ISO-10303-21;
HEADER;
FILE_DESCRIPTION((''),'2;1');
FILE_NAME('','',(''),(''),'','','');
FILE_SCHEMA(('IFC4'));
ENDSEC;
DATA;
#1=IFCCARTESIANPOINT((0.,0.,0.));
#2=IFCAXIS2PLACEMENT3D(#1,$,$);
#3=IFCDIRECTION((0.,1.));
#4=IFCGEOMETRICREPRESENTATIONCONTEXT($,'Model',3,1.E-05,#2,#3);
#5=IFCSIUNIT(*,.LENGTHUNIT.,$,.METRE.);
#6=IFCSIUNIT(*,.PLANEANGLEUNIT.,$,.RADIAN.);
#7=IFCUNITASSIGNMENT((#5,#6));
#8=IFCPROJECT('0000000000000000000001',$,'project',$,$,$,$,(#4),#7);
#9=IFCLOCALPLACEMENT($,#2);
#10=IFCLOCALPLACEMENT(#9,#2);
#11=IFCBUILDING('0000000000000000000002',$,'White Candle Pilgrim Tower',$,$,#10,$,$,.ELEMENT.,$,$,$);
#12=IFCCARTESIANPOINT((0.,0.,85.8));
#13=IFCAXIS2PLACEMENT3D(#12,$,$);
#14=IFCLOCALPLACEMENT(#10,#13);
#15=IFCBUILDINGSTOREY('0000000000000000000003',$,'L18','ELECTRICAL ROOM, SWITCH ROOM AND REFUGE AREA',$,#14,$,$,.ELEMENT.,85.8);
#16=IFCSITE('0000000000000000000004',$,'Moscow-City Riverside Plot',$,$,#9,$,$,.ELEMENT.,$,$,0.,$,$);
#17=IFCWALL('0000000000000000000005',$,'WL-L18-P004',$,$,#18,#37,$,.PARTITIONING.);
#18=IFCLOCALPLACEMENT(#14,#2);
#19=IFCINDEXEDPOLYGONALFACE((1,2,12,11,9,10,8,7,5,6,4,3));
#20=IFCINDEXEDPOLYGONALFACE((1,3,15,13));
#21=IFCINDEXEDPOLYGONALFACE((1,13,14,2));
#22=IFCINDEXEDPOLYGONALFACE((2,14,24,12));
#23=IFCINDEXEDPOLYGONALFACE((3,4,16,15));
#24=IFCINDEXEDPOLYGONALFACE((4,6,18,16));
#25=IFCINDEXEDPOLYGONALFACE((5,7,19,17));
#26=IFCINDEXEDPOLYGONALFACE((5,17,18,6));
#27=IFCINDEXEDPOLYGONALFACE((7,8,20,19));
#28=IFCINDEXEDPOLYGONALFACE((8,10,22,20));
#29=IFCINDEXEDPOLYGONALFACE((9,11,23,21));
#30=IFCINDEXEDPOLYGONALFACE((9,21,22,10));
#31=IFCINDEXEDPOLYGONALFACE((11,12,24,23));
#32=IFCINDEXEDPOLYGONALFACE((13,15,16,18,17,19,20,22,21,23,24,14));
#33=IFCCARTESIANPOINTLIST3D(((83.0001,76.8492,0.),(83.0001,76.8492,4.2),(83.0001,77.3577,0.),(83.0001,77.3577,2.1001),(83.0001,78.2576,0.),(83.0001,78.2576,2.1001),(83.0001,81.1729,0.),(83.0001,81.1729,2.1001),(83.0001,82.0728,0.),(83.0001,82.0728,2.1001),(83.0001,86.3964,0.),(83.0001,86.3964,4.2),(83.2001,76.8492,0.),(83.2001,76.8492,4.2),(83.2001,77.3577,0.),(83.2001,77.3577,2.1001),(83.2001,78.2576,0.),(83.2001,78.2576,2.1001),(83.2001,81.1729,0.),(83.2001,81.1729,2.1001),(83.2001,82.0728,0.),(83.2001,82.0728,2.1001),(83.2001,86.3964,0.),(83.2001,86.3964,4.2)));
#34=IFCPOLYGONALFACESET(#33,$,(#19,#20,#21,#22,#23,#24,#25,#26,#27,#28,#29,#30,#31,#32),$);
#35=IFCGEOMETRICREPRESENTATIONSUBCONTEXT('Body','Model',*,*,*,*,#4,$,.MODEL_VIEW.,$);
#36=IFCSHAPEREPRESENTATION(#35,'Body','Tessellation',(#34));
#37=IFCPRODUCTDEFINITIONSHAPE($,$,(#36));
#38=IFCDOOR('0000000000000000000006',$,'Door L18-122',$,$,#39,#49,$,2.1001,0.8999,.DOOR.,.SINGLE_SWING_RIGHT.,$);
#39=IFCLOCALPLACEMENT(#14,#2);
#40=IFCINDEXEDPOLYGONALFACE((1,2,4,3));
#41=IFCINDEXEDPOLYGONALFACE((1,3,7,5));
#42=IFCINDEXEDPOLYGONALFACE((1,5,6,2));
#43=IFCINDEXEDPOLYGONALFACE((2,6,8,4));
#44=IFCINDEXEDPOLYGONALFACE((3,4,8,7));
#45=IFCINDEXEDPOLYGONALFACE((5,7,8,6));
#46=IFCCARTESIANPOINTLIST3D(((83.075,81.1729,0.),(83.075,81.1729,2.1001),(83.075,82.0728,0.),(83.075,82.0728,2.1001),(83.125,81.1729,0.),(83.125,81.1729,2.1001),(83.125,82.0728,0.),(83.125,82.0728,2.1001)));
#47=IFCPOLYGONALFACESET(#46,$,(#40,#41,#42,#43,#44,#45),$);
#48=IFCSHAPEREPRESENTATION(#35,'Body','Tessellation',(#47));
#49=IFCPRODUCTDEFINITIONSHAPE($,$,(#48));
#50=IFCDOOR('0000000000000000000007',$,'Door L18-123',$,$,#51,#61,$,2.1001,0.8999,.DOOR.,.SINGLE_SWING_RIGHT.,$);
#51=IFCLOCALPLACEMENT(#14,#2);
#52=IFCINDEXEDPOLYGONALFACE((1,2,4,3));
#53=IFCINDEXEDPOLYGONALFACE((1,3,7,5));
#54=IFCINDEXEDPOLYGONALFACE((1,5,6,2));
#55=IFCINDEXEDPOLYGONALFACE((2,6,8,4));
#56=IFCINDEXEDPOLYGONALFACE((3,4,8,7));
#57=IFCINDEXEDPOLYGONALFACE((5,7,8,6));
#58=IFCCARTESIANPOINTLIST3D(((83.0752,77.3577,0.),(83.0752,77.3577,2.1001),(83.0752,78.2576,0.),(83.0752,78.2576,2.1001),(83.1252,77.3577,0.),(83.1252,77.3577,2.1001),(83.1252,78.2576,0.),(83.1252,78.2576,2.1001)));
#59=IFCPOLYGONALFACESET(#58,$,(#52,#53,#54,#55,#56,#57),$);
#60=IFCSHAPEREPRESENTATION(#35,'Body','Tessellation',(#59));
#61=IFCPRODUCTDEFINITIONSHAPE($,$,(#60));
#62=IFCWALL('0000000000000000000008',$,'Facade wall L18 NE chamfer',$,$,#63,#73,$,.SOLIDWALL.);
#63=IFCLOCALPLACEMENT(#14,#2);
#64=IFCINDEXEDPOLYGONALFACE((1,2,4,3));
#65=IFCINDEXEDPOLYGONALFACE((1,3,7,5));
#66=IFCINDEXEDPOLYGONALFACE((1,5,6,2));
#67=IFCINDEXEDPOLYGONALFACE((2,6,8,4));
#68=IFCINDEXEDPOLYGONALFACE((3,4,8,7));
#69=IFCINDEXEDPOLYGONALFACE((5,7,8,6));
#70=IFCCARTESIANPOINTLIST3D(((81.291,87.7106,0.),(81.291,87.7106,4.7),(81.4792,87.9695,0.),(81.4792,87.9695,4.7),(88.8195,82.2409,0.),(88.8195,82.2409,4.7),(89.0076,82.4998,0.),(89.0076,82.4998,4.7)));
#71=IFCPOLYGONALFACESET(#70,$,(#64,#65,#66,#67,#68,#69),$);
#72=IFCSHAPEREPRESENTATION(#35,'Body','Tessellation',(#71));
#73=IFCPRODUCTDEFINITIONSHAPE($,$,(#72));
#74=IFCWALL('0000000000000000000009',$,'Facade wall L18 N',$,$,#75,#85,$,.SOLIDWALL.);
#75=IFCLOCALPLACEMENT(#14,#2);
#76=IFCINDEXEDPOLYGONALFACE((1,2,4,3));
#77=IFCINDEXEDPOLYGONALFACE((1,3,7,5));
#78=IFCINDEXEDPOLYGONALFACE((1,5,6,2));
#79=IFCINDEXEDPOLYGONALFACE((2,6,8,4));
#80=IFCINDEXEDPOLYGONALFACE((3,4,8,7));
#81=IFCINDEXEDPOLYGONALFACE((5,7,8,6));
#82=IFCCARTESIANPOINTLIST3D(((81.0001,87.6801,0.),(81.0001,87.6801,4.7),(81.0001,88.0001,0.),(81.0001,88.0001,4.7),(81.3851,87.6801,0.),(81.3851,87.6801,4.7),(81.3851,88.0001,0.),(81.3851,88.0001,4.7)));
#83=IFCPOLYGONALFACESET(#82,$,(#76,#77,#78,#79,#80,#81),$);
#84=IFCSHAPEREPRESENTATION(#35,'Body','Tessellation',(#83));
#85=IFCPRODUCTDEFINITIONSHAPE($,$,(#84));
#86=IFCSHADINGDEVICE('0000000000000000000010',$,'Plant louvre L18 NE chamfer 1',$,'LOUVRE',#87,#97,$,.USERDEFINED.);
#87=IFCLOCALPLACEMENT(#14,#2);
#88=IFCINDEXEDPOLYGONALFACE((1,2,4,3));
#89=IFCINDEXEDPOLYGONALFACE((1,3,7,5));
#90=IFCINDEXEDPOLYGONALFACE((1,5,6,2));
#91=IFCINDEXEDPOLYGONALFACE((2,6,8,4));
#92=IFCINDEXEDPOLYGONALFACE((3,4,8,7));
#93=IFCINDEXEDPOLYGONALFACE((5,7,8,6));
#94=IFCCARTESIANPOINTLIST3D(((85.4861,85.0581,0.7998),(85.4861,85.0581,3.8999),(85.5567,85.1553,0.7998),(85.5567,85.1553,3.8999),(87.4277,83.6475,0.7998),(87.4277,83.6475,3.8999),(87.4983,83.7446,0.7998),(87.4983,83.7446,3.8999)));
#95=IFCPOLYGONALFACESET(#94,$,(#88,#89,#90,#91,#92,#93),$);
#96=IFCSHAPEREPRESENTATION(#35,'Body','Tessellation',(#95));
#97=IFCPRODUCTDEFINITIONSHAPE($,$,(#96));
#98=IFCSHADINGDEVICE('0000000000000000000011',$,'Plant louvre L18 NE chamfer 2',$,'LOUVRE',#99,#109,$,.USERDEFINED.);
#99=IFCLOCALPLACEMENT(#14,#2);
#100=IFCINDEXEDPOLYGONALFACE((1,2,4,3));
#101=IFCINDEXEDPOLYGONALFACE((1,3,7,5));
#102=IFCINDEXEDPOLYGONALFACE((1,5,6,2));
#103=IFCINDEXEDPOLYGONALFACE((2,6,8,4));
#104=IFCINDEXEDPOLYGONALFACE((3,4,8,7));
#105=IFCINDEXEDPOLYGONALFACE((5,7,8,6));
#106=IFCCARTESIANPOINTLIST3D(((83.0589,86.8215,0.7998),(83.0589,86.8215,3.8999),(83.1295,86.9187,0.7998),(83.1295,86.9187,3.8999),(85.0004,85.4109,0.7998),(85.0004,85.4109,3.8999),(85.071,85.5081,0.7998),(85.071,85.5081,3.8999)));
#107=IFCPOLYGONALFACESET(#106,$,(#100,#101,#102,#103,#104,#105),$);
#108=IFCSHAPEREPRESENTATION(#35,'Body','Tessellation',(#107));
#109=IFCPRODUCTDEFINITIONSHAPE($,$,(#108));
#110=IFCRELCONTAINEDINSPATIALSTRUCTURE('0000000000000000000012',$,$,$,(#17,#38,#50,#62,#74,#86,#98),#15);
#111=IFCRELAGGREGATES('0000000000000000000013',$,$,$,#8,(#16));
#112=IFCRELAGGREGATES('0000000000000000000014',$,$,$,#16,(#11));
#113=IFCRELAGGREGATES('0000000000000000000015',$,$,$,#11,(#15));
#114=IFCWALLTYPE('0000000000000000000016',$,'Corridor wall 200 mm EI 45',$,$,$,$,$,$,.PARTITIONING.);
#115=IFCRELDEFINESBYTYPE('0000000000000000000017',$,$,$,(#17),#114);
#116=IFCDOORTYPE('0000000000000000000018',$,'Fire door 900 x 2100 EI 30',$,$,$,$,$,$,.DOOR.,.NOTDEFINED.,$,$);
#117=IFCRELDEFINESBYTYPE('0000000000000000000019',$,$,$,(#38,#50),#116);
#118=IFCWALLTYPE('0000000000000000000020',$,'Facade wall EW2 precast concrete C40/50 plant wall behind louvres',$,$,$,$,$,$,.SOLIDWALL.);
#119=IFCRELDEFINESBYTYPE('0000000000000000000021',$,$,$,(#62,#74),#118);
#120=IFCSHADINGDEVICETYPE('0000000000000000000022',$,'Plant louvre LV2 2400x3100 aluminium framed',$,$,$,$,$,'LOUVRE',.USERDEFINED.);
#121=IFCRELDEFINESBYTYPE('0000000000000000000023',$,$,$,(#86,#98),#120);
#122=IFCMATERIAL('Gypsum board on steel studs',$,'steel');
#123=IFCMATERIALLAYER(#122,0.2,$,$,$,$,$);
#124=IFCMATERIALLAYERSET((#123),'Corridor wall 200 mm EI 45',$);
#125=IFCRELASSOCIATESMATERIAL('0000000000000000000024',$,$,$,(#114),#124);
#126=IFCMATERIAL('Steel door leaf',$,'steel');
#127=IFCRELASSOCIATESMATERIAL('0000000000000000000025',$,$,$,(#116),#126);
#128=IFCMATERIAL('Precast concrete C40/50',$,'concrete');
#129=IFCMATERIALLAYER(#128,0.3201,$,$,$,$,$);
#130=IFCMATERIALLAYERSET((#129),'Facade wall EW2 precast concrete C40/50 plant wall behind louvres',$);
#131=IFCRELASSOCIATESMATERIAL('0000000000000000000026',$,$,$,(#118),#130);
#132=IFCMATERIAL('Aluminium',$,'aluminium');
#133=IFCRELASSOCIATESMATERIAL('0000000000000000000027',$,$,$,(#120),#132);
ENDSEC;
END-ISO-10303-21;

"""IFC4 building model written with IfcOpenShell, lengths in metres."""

from ifc_helpers import new_model, si_unit, direction, frame, frame_2d, origin, origin_2d, place, context, subcontext, project, spatial, rectangle, extrude, material, layer, layer_set, type_object, element, fill, save


model = new_model("IFC4")

# Units and contexts
model_context = context("Model", 3, precision=1e-05, world=origin(), true_north=direction((0.0, 1.0)))
body_context = subcontext(model_context, "Body", "Model", "MODEL_VIEW")
ifc_project = project(units=[si_unit("LENGTHUNIT", "METRE"), si_unit("PLANEANGLEUNIT", "RADIAN")], contexts=[model_context])

# Site, building, storey
site_placement = place(None, origin())
site = spatial("IfcSite", under=ifc_project, at=site_placement, Name="Moscow-City Riverside Plot", CompositionType="ELEMENT", RefElevation=0.0)
building_placement = place(site_placement, origin())
building = spatial("IfcBuilding", under=site, at=building_placement, Name="White Candle Pilgrim Tower", CompositionType="ELEMENT")
storey_placement = place(building_placement, frame((0.0, 0.0, 85.8)))
storey = spatial("IfcBuildingStorey", under=building, at=storey_placement, Name="L18", Description="ELECTRICAL ROOM, SWITCH ROOM AND REFUGE AREA", CompositionType="ELEMENT", Elevation=85.8)

# Shared definitions
ifc_material_1 = material(Name="Steel door leaf", Category="steel")

# Wall, openings, doors
ifc_material_2 = material(Name="Gypsum board on steel studs", Category="steel")
ifc_layer_1 = layer(ifc_material_2, 0.2)
ifc_layer_set_1 = layer_set([ifc_layer_1], Name="Corridor wall 200 mm EI 45")
wall_type_1 = type_object("IfcWallType", Name="Corridor wall 200 mm EI 45", PredefinedType="PARTITIONING", material=ifc_layer_set_1)
wall_1_placement = place(storey_placement, frame((83.1001, 86.3962, 0.0), z_axis=(0.0, 0.0, 1.0), x_axis=(0.0, -1.0, 0.0)))
wall_1 = element("IfcWall", 1, at=wall_1_placement, inside=storey, type_object=wall_type_1, Name="WL-L18-P004", PredefinedType="PARTITIONING", context=body_context, shape_type="SweptSolid", body=[
    extrude(rectangle(XDim=9.5471, YDim=0.2, at=frame_2d((4.7734, 0.0))), origin(), (0.0, 0.0, 1.0), 4.2),
])
opening_1_placement = place(wall_1_placement, frame((4.3235, 0.0, 0.0)))
opening_1 = element("IfcOpeningElement", 2, at=opening_1_placement, cuts=wall_1, PredefinedType="OPENING", context=body_context, shape_type="SweptSolid", body=[
    extrude(rectangle(XDim=0.8999, YDim=2.1001, at=frame_2d((0.45, 1.05))), frame((0.0, 0.1099, 0.0), z_axis=(0.0, -1.0, 0.0), x_axis=(1.0, 0.0, 0.0)), (0.0, 0.0, 1.0), 0.22),
])
opening_2_placement = place(wall_1_placement, frame((8.1387, 0.0, 0.0)))
opening_2 = element("IfcOpeningElement", 3, at=opening_2_placement, cuts=wall_1, PredefinedType="OPENING", context=body_context, shape_type="SweptSolid", body=[
    extrude(rectangle(XDim=0.8999, YDim=2.1001, at=frame_2d((0.45, 1.05))), frame((0.0, 0.1099, 0.0), z_axis=(0.0, -1.0, 0.0), x_axis=(1.0, 0.0, 0.0)), (0.0, 0.0, 1.0), 0.22),
])
door_type_1 = type_object("IfcDoorType", Name="Fire door 900 x 2100 EI 30", OperationType="NOTDEFINED", PredefinedType="DOOR", material=ifc_material_1)
door_1_placement = place(opening_1_placement, origin())
door_1 = element("IfcDoor", 4, at=door_1_placement, inside=storey, type_object=door_type_1, Name="Door L18-122", OperationType="SINGLE_SWING_RIGHT", OverallHeight=2.1001, OverallWidth=0.8999, PredefinedType="DOOR", context=body_context, shape_type="SweptSolid", body=[
    extrude(rectangle(XDim=0.8999, YDim=2.1001, at=frame_2d((0.45, 1.05))), frame((0.0, 0.0249, 0.0), z_axis=(0.0, -1.0, 0.0), x_axis=(1.0, 0.0, 0.0)), (0.0, 0.0, 1.0), 0.05),
])
fill(opening_1, door_1)
door_2_placement = place(opening_2_placement, frame((0.8999, 0.0, 0.0), z_axis=(0.0, 0.0, 1.0), x_axis=(-1.0, 0.0, 0.0)))
door_2 = element("IfcDoor", 5, at=door_2_placement, inside=storey, type_object=door_type_1, Name="Door L18-123", OperationType="SINGLE_SWING_RIGHT", OverallHeight=2.1001, OverallWidth=0.8999, PredefinedType="DOOR", context=body_context, shape_type="SweptSolid", body=[
    extrude(rectangle(XDim=0.8999, YDim=2.1001, at=frame_2d((0.45, 1.05))), frame((0.0, 0.0249, 0.0), z_axis=(0.0, -1.0, 0.0), x_axis=(1.0, 0.0, 0.0)), (0.0, 0.0, 1.0), 0.05),
])
fill(opening_2, door_2)

# Walls
ifc_material_3 = material(Name="Precast concrete C40/50", Category="concrete")
ifc_layer_2 = layer(ifc_material_3, 0.3201)
ifc_layer_set_2 = layer_set([ifc_layer_2], Name="Facade wall EW2 precast concrete C40/50 plant wall behind louvres")
wall_type_2 = type_object("IfcWallType", Name="Facade wall EW2 precast concrete C40/50 plant wall behind louvres", PredefinedType="SOLIDWALL", material=ifc_layer_set_2)
wall_2_placement = place(storey_placement, frame((88.9136, 82.3704, 0.0), z_axis=(0.0, 0.0, 1.0), x_axis=(-0.809022, 0.587779, 0.0)))
element("IfcWall", 6, at=wall_2_placement, inside=storey, type_object=wall_type_2, Name="Facade wall L18 NE chamfer", PredefinedType="SOLIDWALL", context=body_context, shape_type="SweptSolid", body=[
    extrude(rectangle(XDim=9.3057, YDim=0.3201, at=frame_2d((4.6528, 0.0))), origin(), (0.0, 0.0, 1.0), 4.7),
])
wall_3_placement = place(storey_placement, frame((81.385, 87.8401, 0.0), z_axis=(0.0, 0.0, 1.0), x_axis=(-1.0, 0.0, 0.0)))
element("IfcWall", 7, at=wall_3_placement, inside=storey, type_object=wall_type_2, Name="Facade wall L18 N", PredefinedType="SOLIDWALL", context=body_context, shape_type="SweptSolid", body=[
    extrude(rectangle(XDim=0.385, YDim=0.3201, at=frame_2d((0.1924, 0.0))), origin(), (0.0, 0.0, 1.0), 4.7),
])

# Shading devices
ifc_material_4 = material(Name="Aluminium", Category="aluminium")
shading_device_type = type_object("IfcShadingDeviceType", Name="Plant louvre LV2 2400x3100 aluminium framed", ElementType="LOUVRE", PredefinedType="USERDEFINED", material=ifc_material_4)
for number, where, z_axis, x_axis, name in (
    (8, (86.4922, 84.4014, 0.7998), (0.0, 0.0, 1.0), (-0.809017, 0.587785, 0.0), "Plant louvre L18 NE chamfer 1"),
    (9, (84.0649, 86.1648, 0.7998), (0.0, 0.0, 1.0), (-0.809017, 0.587785, 0.0), "Plant louvre L18 NE chamfer 2"),
):
    element("IfcShadingDevice", number, at=place(storey_placement, frame(where, z_axis=z_axis, x_axis=x_axis)), inside=storey, type_object=shading_device_type, Name=name, ObjectType="LOUVRE", PredefinedType="USERDEFINED", context=body_context, shape_type="SweptSolid", body=[
        extrude(rectangle(XDim=2.3999, YDim=0.1201, at=origin_2d()), origin(), (0.0, 0.0, 1.0), 3.1001),
    ])

save(model, "model.ifc")
